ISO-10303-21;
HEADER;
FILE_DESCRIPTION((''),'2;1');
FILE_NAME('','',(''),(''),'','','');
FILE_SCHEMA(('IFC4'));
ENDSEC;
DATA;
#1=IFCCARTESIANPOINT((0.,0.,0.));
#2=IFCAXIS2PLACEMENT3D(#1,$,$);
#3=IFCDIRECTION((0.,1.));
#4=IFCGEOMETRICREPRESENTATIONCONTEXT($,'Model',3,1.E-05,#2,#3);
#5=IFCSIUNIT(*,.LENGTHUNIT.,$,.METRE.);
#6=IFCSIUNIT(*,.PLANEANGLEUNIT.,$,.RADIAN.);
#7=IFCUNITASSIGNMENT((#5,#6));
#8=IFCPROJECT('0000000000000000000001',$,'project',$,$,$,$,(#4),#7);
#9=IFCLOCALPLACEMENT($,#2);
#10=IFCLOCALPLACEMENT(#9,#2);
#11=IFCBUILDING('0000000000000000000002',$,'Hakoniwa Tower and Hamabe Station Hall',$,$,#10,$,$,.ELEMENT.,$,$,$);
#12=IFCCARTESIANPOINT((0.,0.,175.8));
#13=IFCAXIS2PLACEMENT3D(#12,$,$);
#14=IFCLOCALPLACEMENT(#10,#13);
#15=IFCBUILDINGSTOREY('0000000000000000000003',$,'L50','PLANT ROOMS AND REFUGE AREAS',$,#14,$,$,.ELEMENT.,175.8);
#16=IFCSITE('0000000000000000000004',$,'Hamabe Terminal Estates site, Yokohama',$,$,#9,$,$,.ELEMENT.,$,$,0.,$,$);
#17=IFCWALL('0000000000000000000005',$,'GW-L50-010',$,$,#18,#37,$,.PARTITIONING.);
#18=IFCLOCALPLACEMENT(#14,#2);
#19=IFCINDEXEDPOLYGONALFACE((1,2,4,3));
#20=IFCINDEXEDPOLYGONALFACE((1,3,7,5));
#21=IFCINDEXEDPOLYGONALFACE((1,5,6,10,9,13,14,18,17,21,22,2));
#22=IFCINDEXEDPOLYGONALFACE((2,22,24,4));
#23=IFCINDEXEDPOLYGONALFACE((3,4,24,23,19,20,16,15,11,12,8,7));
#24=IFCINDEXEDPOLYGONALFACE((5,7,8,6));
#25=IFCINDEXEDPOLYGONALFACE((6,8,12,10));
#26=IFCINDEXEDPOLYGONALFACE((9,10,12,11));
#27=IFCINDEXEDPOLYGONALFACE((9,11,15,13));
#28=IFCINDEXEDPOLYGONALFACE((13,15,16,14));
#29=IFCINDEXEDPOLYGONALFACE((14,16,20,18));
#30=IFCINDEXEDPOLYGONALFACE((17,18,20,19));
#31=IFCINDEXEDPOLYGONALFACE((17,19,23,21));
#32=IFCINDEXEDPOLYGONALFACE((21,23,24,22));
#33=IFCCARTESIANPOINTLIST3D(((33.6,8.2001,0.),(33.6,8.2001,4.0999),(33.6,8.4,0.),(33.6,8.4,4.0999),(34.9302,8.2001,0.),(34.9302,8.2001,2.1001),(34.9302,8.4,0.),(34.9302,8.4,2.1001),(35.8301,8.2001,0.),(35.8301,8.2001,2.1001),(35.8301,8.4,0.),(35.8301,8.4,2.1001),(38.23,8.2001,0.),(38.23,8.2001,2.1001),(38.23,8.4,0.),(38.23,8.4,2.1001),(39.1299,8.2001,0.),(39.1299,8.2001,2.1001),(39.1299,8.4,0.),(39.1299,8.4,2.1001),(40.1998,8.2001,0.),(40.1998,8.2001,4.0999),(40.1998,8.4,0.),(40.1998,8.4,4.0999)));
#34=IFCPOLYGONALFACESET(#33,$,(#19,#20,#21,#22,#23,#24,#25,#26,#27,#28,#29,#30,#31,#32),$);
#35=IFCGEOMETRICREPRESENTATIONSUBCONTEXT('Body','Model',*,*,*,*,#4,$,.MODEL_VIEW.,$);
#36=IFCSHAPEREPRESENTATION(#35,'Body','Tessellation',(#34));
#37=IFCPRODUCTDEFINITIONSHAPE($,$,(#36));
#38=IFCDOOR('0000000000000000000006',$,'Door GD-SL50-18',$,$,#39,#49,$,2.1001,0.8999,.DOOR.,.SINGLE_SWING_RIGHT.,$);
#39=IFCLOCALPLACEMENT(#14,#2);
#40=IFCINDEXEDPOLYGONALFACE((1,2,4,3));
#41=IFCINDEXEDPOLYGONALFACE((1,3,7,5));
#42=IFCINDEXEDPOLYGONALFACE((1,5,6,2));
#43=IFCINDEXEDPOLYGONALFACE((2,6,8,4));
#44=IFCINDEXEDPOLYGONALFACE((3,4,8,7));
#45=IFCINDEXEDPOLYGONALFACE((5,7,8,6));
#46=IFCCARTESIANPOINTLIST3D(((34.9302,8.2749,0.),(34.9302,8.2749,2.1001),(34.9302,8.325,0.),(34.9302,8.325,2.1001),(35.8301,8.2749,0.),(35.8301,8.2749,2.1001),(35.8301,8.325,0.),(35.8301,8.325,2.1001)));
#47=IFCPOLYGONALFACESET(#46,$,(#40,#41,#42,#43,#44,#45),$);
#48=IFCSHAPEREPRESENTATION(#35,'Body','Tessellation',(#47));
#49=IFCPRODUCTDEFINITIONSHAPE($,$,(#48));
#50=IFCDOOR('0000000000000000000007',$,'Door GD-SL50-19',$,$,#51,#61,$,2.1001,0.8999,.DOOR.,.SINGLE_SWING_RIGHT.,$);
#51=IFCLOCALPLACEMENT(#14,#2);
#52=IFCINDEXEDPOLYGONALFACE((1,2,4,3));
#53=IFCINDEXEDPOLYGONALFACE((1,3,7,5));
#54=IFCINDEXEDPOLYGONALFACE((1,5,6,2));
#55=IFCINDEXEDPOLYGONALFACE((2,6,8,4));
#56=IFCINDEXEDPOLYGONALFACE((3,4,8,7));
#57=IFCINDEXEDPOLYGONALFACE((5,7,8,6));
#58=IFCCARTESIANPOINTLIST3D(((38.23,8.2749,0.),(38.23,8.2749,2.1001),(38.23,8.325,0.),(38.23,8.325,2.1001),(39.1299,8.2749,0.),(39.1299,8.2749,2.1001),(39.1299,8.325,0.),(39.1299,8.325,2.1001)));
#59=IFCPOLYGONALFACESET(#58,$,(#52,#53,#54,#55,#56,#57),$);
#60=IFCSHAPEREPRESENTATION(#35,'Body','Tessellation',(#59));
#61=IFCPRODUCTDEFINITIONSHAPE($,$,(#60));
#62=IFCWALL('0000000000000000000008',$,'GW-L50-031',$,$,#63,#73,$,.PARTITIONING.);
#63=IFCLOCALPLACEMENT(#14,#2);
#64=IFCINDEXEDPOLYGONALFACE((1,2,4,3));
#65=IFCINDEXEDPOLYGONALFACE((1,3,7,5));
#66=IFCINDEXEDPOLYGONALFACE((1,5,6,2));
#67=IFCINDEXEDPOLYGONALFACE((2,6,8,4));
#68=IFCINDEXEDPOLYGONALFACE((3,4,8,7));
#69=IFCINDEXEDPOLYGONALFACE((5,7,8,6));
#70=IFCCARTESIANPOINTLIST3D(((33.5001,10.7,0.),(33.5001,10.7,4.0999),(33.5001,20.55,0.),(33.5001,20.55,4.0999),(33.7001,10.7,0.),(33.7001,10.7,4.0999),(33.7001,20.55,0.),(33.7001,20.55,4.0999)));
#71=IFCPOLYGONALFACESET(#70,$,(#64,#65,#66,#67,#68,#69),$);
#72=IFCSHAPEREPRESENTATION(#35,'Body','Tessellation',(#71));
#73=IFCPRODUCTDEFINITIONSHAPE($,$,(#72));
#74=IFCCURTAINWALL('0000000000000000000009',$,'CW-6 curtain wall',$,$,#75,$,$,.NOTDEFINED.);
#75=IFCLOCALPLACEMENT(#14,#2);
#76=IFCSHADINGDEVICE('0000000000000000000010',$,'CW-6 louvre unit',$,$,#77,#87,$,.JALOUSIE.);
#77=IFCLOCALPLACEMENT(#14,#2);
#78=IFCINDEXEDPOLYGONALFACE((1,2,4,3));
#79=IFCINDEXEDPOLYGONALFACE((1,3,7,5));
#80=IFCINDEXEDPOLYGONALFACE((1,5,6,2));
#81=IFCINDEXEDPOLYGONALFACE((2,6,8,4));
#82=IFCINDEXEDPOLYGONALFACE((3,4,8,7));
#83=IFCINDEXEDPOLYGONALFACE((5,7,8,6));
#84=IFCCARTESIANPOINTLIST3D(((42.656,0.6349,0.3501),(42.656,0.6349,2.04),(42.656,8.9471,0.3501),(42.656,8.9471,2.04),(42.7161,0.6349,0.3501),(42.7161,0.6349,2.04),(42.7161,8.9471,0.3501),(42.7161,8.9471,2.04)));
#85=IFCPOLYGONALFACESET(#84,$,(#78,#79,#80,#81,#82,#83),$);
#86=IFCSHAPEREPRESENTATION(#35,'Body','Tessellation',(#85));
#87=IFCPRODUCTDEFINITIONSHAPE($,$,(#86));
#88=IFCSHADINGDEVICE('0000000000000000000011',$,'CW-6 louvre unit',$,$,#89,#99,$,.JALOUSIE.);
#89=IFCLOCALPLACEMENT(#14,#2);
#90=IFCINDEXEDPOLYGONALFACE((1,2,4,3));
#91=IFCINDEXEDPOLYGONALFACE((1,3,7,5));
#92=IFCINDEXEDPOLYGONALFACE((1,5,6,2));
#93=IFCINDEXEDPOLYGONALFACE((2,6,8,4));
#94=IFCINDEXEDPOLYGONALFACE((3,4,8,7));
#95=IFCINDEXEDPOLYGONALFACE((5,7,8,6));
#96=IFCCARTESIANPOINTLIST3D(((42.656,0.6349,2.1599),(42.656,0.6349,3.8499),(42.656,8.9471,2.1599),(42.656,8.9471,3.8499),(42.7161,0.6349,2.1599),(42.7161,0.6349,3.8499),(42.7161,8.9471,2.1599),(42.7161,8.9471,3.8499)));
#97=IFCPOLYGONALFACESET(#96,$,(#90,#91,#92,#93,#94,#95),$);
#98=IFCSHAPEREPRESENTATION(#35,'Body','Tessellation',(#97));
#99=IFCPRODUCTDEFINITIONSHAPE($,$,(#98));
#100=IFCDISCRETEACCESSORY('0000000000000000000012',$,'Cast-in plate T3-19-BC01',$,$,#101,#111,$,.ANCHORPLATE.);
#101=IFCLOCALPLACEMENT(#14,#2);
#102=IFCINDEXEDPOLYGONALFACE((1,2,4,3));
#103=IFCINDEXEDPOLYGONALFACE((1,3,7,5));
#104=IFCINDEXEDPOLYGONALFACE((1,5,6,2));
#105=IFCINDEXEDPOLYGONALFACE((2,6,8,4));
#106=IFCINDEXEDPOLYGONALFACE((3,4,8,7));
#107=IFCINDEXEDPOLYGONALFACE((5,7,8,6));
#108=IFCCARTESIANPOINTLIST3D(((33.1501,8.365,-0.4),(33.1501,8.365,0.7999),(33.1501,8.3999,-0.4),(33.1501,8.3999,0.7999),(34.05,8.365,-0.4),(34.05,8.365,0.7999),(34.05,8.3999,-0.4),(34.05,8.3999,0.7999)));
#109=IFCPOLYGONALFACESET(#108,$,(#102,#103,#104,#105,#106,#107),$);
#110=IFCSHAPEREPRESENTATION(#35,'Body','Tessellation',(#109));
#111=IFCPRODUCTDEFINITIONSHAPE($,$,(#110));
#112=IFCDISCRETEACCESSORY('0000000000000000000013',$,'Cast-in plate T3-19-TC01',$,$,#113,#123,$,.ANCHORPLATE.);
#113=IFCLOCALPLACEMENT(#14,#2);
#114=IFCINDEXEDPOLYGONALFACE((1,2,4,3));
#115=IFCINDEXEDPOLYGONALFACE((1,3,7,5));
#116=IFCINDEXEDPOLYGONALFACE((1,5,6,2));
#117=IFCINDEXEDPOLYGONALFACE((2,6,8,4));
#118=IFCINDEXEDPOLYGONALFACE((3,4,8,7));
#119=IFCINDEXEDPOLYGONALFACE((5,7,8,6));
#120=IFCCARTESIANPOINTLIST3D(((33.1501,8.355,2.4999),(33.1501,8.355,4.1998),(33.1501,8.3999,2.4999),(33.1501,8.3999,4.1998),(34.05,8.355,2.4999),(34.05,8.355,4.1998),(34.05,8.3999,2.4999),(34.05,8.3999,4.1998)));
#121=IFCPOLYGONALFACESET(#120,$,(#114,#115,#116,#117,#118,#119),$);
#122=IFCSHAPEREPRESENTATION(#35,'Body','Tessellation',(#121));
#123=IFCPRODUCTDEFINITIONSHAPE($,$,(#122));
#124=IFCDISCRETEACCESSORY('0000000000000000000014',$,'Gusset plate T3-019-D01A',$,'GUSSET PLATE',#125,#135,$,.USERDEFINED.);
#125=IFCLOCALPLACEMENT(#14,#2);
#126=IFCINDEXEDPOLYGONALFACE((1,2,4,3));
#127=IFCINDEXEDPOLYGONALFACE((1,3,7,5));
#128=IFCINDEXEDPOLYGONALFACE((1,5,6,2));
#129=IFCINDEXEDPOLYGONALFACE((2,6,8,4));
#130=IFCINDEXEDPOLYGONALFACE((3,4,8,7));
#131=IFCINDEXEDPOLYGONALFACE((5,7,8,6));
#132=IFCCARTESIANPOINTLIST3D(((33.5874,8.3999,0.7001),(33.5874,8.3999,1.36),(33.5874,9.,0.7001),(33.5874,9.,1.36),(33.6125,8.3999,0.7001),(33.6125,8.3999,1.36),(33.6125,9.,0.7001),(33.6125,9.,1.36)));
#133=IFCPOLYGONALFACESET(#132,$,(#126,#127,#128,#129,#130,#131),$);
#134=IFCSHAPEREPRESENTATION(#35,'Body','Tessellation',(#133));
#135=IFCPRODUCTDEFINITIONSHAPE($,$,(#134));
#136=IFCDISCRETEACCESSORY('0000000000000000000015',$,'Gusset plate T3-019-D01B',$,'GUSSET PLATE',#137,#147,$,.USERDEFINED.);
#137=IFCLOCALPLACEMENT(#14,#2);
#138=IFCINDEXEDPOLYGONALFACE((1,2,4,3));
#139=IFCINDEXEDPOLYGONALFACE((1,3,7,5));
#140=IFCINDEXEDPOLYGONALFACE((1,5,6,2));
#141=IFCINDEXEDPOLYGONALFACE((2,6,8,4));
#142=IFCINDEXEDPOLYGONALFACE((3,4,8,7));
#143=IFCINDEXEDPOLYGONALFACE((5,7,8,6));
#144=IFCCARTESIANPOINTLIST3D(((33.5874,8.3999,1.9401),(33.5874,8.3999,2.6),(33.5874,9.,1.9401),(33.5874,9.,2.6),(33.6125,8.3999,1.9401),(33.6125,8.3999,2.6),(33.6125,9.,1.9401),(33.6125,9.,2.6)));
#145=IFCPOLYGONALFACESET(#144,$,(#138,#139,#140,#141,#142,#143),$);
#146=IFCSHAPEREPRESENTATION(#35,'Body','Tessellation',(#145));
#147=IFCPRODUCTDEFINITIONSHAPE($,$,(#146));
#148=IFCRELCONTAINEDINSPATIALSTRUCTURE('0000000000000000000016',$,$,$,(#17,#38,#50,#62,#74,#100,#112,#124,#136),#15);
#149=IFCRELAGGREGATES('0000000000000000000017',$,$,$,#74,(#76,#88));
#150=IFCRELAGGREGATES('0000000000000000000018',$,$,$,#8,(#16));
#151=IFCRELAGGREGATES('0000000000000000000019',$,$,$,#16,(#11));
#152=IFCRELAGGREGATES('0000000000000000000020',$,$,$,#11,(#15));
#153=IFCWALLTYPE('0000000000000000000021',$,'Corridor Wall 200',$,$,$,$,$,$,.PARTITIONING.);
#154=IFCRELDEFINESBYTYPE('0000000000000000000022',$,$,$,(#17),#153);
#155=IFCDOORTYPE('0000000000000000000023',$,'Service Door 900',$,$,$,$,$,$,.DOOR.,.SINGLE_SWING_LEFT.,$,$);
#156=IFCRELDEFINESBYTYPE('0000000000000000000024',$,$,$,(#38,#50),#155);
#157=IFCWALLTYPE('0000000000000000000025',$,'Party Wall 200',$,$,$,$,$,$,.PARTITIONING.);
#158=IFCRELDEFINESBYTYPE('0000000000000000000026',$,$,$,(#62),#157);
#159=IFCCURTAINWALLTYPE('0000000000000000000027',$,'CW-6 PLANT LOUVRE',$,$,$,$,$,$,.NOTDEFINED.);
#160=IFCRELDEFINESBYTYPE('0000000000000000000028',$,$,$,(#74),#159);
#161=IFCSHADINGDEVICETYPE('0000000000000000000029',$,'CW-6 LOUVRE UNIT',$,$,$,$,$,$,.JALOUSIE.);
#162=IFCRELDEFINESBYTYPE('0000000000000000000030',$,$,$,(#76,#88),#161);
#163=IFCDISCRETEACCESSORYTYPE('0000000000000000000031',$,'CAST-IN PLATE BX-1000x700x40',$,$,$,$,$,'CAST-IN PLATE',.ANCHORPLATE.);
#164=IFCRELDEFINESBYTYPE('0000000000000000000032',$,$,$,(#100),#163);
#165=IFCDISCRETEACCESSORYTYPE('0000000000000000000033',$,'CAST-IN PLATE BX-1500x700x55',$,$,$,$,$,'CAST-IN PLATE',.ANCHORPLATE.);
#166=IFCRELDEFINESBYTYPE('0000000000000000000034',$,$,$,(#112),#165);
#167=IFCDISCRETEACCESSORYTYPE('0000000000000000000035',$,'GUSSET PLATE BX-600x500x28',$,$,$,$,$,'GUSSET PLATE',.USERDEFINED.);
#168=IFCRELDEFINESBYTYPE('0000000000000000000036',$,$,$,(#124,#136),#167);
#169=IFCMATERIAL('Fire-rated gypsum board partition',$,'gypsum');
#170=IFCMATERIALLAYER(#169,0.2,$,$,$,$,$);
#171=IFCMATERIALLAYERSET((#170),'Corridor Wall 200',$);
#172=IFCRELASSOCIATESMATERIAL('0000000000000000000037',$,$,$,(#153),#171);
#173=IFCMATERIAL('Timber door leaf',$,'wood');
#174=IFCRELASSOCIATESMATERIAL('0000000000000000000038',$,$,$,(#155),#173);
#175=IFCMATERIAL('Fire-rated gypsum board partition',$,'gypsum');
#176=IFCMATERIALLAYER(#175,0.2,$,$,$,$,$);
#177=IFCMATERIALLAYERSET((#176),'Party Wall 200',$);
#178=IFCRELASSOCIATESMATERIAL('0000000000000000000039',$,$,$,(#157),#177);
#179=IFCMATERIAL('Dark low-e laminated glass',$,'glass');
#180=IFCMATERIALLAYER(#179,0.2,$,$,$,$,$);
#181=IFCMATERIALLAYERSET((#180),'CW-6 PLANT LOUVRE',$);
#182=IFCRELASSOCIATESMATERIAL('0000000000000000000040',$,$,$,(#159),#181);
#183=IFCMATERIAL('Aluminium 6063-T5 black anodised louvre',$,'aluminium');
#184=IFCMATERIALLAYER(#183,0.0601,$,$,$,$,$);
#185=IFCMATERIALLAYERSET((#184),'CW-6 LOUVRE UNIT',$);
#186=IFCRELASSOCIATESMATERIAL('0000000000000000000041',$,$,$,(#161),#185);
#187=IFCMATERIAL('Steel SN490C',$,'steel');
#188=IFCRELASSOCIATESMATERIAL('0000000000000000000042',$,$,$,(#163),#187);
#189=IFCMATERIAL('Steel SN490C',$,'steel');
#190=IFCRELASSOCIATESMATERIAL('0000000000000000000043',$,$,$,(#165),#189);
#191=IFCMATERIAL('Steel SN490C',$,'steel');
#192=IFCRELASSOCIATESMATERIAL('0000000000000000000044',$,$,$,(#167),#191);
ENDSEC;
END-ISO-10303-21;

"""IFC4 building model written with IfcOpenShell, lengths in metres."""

from ifc_helpers import new_model, si_unit, direction, frame, frame_2d, origin, origin_2d, place, context, subcontext, project, spatial, rectangle, extrude, material, layer, layer_set, material_profile, profile_set, type_object, element, fill, aggregate, save


model = new_model("IFC4")

# Units and contexts
model_context = context("Model", 3, precision=1e-05, world=origin(), true_north=direction((0.0, 1.0)))
body_context = subcontext(model_context, "Body", "Model", "MODEL_VIEW")
ifc_project = project(units=[si_unit("LENGTHUNIT", "METRE"), si_unit("PLANEANGLEUNIT", "RADIAN")], contexts=[model_context])

# Site, building, storey
site_placement = place(None, origin())
site = spatial("IfcSite", under=ifc_project, at=site_placement, Name="Hamabe Terminal Estates site, Yokohama", CompositionType="ELEMENT", RefElevation=0.0)
building_placement = place(site_placement, origin())
building = spatial("IfcBuilding", under=site, at=building_placement, Name="Hakoniwa Tower and Hamabe Station Hall", CompositionType="ELEMENT")
storey_placement = place(building_placement, frame((0.0, 0.0, 175.8)))
storey = spatial("IfcBuildingStorey", under=building, at=storey_placement, Name="L50", Description="PLANT ROOMS AND REFUGE AREAS", CompositionType="ELEMENT", Elevation=175.8)

# Wall, openings, doors
ifc_material_1 = material(Name="Fire-rated gypsum board partition", Category="gypsum")
ifc_layer_1 = layer(ifc_material_1, 0.2)
ifc_layer_set_1 = layer_set([ifc_layer_1], Name="Corridor Wall 200")
wall_type_1 = type_object("IfcWallType", Name="Corridor Wall 200", PredefinedType="PARTITIONING", material=ifc_layer_set_1)
wall_1_placement = place(storey_placement, frame((33.6001, 8.3, 0.0), z_axis=(0.0, 0.0, 1.0), x_axis=(1.0, 0.0, 0.0)))
wall_1 = element("IfcWall", 1, at=wall_1_placement, inside=storey, type_object=wall_type_1, Name="GW-L50-010", PredefinedType="PARTITIONING", context=body_context, shape_type="SweptSolid", body=[
    extrude(rectangle(XDim=6.5999, YDim=0.2, at=frame_2d((3.2998, 0.0))), origin(), (0.0, 0.0, 1.0), 4.0999),
])
opening_1_placement = place(wall_1_placement, frame((1.3301, 0.0, 0.0)))
opening_1 = element("IfcOpeningElement", 2, at=opening_1_placement, cuts=wall_1, PredefinedType="OPENING", context=body_context, shape_type="SweptSolid", body=[
    extrude(rectangle(XDim=0.8999, YDim=2.1001, at=frame_2d((0.45, 1.05))), frame((0.0, 0.1099, 0.0), z_axis=(0.0, -1.0, 0.0), x_axis=(1.0, 0.0, 0.0)), (0.0, 0.0, 1.0), 0.22),
])
opening_2_placement = place(wall_1_placement, frame((4.6299, 0.0, 0.0)))
opening_2 = element("IfcOpeningElement", 3, at=opening_2_placement, cuts=wall_1, PredefinedType="OPENING", context=body_context, shape_type="SweptSolid", body=[
    extrude(rectangle(XDim=0.8999, YDim=2.1001, at=frame_2d((0.45, 1.05))), frame((0.0, 0.1099, 0.0), z_axis=(0.0, -1.0, 0.0), x_axis=(1.0, 0.0, 0.0)), (0.0, 0.0, 1.0), 0.22),
])
ifc_material_2 = material(Name="Timber door leaf", Category="wood")
door_type = type_object("IfcDoorType", Name="Service Door 900", OperationType="SINGLE_SWING_LEFT", PredefinedType="DOOR", material=ifc_material_2)
door_1_placement = place(opening_1_placement, origin())
door_1 = element("IfcDoor", 4, at=door_1_placement, inside=storey, type_object=door_type, Name="Door GD-SL50-18", OperationType="SINGLE_SWING_RIGHT", OverallHeight=2.1001, OverallWidth=0.8999, PredefinedType="DOOR", context=body_context, shape_type="SweptSolid", body=[
    extrude(rectangle(XDim=0.8999, YDim=2.1001, at=frame_2d((0.45, 1.05))), frame((0.0, 0.0249, 0.0), z_axis=(0.0, -1.0, 0.0), x_axis=(1.0, 0.0, 0.0)), (0.0, 0.0, 1.0), 0.05),
])
fill(opening_1, door_1)
door_2_placement = place(opening_2_placement, origin())
door_2 = element("IfcDoor", 5, at=door_2_placement, inside=storey, type_object=door_type, Name="Door GD-SL50-19", OperationType="SINGLE_SWING_RIGHT", OverallHeight=2.1001, OverallWidth=0.8999, PredefinedType="DOOR", context=body_context, shape_type="SweptSolid", body=[
    extrude(rectangle(XDim=0.8999, YDim=2.1001, at=frame_2d((0.45, 1.05))), frame((0.0, 0.0249, 0.0), z_axis=(0.0, -1.0, 0.0), x_axis=(1.0, 0.0, 0.0)), (0.0, 0.0, 1.0), 0.05),
])
fill(opening_2, door_2)

# Wall
ifc_material_3 = material(Name="Fire-rated gypsum board partition", Category="gypsum")
ifc_layer_2 = layer(ifc_material_3, 0.2)
ifc_layer_set_2 = layer_set([ifc_layer_2], Name="Party Wall 200")
wall_type_2 = type_object("IfcWallType", Name="Party Wall 200", PredefinedType="PARTITIONING", material=ifc_layer_set_2)
wall_2_placement = place(storey_placement, frame((33.6001, 10.7, 0.0), z_axis=(0.0, 0.0, 1.0), x_axis=(0.0, 1.0, 0.0)))
element("IfcWall", 6, at=wall_2_placement, inside=storey, type_object=wall_type_2, Name="GW-L50-031", PredefinedType="PARTITIONING", context=body_context, shape_type="SweptSolid", body=[
    extrude(rectangle(XDim=9.8501, YDim=0.2, at=frame_2d((4.925, 0.0))), origin(), (0.0, 0.0, 1.0), 4.0999),
])

# Curtain wall, shading devices
ifc_material_4 = material(Name="Dark low-e laminated glass", Category="glass")
ifc_layer_3 = layer(ifc_material_4, 0.2)
ifc_layer_set_3 = layer_set([ifc_layer_3], Name="CW-6 PLANT LOUVRE")
curtain_wall_type = type_object("IfcCurtainWallType", Name="CW-6 PLANT LOUVRE", PredefinedType="NOTDEFINED", material=ifc_layer_set_3)
curtain_wall_placement = place(storey_placement, origin())
curtain_wall = element("IfcCurtainWall", 7, at=curtain_wall_placement, inside=storey, type_object=curtain_wall_type, Name="CW-6 curtain wall", PredefinedType="NOTDEFINED")
ifc_material_5 = material(Name="Aluminium 6063-T5 black anodised louvre", Category="aluminium")
ifc_layer_4 = layer(ifc_material_5, 0.0601)
ifc_layer_set_4 = layer_set([ifc_layer_4], Name="CW-6 LOUVRE UNIT")
shading_device_type = type_object("IfcShadingDeviceType", Name="CW-6 LOUVRE UNIT", PredefinedType="JALOUSIE", material=ifc_layer_set_4)
shading_device_1_placement = place(storey_placement, frame((42.686, 4.791, 0.3501), z_axis=(0.0, 0.0, 1.0), x_axis=(0.0, 1.0, 0.0)))
shading_device_1 = element("IfcShadingDevice", 8, at=shading_device_1_placement, type_object=shading_device_type, Name="CW-6 louvre unit", PredefinedType="JALOUSIE", context=body_context, shape_type="SweptSolid", body=[
    extrude(rectangle(XDim=8.3123, YDim=0.0601, at=origin_2d()), origin(), (0.0, 0.0, 1.0), 1.6899),
])
shading_device_2_placement = place(storey_placement, frame((42.686, 4.791, 2.1599), z_axis=(0.0, 0.0, 1.0), x_axis=(0.0, 1.0, 0.0)))
shading_device_2 = element("IfcShadingDevice", 9, at=shading_device_2_placement, type_object=shading_device_type, Name="CW-6 louvre unit", PredefinedType="JALOUSIE", context=body_context, shape_type="SweptSolid", body=[
    extrude(rectangle(XDim=8.3123, YDim=0.0601, at=origin_2d()), origin(), (0.0, 0.0, 1.0), 1.6899),
])
aggregate(curtain_wall, [shading_device_1, shading_device_2])

# Discrete accessories
ifc_material_6 = material(Name="Steel SN490C", Category="steel")
ifc_material_profile_1 = material_profile(ifc_material_6, rectangle(XDim=0.8999, YDim=1.2, at=origin_2d()), Name="CAST-IN PLATE BX-1000x700x40")
ifc_profile_set_1 = profile_set([ifc_material_profile_1], Name="Steel SN490C")
discrete_accessory_type_1 = type_object("IfcDiscreteAccessoryType", Name="CAST-IN PLATE BX-1000x700x40", ElementType="CAST-IN PLATE", PredefinedType="ANCHORPLATE", material=ifc_profile_set_1)
discrete_accessory_1_placement = place(storey_placement, frame((33.6001, 8.365, 0.2), z_axis=(0.0, 1.0, 0.0), x_axis=(-1.0, 0.0, 0.0)))
element("IfcDiscreteAccessory", 10, at=discrete_accessory_1_placement, inside=storey, type_object=discrete_accessory_type_1, Name="Cast-in plate T3-19-BC01", PredefinedType="ANCHORPLATE", context=body_context, shape_type="SweptSolid", body=[
    extrude(rectangle(XDim=0.8999, YDim=1.2, at=origin_2d()), origin(), (0.0, 0.0, 1.0), 0.0349),
])
ifc_material_7 = material(Name="Steel SN490C", Category="steel")
ifc_material_profile_2 = material_profile(ifc_material_7, rectangle(XDim=0.8999, YDim=1.7, at=origin_2d()), Name="CAST-IN PLATE BX-1500x700x55")
ifc_profile_set_2 = profile_set([ifc_material_profile_2], Name="Steel SN490C")
discrete_accessory_type_2 = type_object("IfcDiscreteAccessoryType", Name="CAST-IN PLATE BX-1500x700x55", ElementType="CAST-IN PLATE", PredefinedType="ANCHORPLATE", material=ifc_profile_set_2)
discrete_accessory_2_placement = place(storey_placement, frame((33.6001, 8.355, 3.3499), z_axis=(0.0, 1.0, 0.0), x_axis=(-1.0, 0.0, 0.0)))
element("IfcDiscreteAccessory", 11, at=discrete_accessory_2_placement, inside=storey, type_object=discrete_accessory_type_2, Name="Cast-in plate T3-19-TC01", PredefinedType="ANCHORPLATE", context=body_context, shape_type="SweptSolid", body=[
    extrude(rectangle(XDim=0.8999, YDim=1.7, at=origin_2d()), origin(), (0.0, 0.0, 1.0), 0.0449),
])
ifc_material_8 = material(Name="Steel SN490C", Category="steel")
ifc_material_profile_3 = material_profile(ifc_material_8, rectangle(XDim=0.6001, YDim=0.6599, at=origin_2d()), Name="GUSSET PLATE BX-600x500x28")
ifc_profile_set_3 = profile_set([ifc_material_profile_3], Name="Steel SN490C")
discrete_accessory_type_3 = type_object("IfcDiscreteAccessoryType", Name="GUSSET PLATE BX-600x500x28", ElementType="GUSSET PLATE", PredefinedType="USERDEFINED", material=ifc_profile_set_3)
for number, where, z_axis, x_axis, name in (
    (12, (33.6125, 8.7, 1.03), (-1.0, 0.0, 0.0), (0.0, -1.0, 0.0), "Gusset plate T3-019-D01A"),
    (13, (33.6125, 8.7, 2.27), (-1.0, 0.0, 0.0), (0.0, -1.0, 0.0), "Gusset plate T3-019-D01B"),
):
    element("IfcDiscreteAccessory", number, at=place(storey_placement, frame(where, z_axis=z_axis, x_axis=x_axis)), inside=storey, type_object=discrete_accessory_type_3, Name=name, ObjectType="GUSSET PLATE", PredefinedType="USERDEFINED", context=body_context, shape_type="SweptSolid", body=[
        extrude(rectangle(XDim=0.6001, YDim=0.6599, at=origin_2d()), origin(), (0.0, 0.0, 1.0), 0.0251),
    ])

save(model, "model.ifc")
